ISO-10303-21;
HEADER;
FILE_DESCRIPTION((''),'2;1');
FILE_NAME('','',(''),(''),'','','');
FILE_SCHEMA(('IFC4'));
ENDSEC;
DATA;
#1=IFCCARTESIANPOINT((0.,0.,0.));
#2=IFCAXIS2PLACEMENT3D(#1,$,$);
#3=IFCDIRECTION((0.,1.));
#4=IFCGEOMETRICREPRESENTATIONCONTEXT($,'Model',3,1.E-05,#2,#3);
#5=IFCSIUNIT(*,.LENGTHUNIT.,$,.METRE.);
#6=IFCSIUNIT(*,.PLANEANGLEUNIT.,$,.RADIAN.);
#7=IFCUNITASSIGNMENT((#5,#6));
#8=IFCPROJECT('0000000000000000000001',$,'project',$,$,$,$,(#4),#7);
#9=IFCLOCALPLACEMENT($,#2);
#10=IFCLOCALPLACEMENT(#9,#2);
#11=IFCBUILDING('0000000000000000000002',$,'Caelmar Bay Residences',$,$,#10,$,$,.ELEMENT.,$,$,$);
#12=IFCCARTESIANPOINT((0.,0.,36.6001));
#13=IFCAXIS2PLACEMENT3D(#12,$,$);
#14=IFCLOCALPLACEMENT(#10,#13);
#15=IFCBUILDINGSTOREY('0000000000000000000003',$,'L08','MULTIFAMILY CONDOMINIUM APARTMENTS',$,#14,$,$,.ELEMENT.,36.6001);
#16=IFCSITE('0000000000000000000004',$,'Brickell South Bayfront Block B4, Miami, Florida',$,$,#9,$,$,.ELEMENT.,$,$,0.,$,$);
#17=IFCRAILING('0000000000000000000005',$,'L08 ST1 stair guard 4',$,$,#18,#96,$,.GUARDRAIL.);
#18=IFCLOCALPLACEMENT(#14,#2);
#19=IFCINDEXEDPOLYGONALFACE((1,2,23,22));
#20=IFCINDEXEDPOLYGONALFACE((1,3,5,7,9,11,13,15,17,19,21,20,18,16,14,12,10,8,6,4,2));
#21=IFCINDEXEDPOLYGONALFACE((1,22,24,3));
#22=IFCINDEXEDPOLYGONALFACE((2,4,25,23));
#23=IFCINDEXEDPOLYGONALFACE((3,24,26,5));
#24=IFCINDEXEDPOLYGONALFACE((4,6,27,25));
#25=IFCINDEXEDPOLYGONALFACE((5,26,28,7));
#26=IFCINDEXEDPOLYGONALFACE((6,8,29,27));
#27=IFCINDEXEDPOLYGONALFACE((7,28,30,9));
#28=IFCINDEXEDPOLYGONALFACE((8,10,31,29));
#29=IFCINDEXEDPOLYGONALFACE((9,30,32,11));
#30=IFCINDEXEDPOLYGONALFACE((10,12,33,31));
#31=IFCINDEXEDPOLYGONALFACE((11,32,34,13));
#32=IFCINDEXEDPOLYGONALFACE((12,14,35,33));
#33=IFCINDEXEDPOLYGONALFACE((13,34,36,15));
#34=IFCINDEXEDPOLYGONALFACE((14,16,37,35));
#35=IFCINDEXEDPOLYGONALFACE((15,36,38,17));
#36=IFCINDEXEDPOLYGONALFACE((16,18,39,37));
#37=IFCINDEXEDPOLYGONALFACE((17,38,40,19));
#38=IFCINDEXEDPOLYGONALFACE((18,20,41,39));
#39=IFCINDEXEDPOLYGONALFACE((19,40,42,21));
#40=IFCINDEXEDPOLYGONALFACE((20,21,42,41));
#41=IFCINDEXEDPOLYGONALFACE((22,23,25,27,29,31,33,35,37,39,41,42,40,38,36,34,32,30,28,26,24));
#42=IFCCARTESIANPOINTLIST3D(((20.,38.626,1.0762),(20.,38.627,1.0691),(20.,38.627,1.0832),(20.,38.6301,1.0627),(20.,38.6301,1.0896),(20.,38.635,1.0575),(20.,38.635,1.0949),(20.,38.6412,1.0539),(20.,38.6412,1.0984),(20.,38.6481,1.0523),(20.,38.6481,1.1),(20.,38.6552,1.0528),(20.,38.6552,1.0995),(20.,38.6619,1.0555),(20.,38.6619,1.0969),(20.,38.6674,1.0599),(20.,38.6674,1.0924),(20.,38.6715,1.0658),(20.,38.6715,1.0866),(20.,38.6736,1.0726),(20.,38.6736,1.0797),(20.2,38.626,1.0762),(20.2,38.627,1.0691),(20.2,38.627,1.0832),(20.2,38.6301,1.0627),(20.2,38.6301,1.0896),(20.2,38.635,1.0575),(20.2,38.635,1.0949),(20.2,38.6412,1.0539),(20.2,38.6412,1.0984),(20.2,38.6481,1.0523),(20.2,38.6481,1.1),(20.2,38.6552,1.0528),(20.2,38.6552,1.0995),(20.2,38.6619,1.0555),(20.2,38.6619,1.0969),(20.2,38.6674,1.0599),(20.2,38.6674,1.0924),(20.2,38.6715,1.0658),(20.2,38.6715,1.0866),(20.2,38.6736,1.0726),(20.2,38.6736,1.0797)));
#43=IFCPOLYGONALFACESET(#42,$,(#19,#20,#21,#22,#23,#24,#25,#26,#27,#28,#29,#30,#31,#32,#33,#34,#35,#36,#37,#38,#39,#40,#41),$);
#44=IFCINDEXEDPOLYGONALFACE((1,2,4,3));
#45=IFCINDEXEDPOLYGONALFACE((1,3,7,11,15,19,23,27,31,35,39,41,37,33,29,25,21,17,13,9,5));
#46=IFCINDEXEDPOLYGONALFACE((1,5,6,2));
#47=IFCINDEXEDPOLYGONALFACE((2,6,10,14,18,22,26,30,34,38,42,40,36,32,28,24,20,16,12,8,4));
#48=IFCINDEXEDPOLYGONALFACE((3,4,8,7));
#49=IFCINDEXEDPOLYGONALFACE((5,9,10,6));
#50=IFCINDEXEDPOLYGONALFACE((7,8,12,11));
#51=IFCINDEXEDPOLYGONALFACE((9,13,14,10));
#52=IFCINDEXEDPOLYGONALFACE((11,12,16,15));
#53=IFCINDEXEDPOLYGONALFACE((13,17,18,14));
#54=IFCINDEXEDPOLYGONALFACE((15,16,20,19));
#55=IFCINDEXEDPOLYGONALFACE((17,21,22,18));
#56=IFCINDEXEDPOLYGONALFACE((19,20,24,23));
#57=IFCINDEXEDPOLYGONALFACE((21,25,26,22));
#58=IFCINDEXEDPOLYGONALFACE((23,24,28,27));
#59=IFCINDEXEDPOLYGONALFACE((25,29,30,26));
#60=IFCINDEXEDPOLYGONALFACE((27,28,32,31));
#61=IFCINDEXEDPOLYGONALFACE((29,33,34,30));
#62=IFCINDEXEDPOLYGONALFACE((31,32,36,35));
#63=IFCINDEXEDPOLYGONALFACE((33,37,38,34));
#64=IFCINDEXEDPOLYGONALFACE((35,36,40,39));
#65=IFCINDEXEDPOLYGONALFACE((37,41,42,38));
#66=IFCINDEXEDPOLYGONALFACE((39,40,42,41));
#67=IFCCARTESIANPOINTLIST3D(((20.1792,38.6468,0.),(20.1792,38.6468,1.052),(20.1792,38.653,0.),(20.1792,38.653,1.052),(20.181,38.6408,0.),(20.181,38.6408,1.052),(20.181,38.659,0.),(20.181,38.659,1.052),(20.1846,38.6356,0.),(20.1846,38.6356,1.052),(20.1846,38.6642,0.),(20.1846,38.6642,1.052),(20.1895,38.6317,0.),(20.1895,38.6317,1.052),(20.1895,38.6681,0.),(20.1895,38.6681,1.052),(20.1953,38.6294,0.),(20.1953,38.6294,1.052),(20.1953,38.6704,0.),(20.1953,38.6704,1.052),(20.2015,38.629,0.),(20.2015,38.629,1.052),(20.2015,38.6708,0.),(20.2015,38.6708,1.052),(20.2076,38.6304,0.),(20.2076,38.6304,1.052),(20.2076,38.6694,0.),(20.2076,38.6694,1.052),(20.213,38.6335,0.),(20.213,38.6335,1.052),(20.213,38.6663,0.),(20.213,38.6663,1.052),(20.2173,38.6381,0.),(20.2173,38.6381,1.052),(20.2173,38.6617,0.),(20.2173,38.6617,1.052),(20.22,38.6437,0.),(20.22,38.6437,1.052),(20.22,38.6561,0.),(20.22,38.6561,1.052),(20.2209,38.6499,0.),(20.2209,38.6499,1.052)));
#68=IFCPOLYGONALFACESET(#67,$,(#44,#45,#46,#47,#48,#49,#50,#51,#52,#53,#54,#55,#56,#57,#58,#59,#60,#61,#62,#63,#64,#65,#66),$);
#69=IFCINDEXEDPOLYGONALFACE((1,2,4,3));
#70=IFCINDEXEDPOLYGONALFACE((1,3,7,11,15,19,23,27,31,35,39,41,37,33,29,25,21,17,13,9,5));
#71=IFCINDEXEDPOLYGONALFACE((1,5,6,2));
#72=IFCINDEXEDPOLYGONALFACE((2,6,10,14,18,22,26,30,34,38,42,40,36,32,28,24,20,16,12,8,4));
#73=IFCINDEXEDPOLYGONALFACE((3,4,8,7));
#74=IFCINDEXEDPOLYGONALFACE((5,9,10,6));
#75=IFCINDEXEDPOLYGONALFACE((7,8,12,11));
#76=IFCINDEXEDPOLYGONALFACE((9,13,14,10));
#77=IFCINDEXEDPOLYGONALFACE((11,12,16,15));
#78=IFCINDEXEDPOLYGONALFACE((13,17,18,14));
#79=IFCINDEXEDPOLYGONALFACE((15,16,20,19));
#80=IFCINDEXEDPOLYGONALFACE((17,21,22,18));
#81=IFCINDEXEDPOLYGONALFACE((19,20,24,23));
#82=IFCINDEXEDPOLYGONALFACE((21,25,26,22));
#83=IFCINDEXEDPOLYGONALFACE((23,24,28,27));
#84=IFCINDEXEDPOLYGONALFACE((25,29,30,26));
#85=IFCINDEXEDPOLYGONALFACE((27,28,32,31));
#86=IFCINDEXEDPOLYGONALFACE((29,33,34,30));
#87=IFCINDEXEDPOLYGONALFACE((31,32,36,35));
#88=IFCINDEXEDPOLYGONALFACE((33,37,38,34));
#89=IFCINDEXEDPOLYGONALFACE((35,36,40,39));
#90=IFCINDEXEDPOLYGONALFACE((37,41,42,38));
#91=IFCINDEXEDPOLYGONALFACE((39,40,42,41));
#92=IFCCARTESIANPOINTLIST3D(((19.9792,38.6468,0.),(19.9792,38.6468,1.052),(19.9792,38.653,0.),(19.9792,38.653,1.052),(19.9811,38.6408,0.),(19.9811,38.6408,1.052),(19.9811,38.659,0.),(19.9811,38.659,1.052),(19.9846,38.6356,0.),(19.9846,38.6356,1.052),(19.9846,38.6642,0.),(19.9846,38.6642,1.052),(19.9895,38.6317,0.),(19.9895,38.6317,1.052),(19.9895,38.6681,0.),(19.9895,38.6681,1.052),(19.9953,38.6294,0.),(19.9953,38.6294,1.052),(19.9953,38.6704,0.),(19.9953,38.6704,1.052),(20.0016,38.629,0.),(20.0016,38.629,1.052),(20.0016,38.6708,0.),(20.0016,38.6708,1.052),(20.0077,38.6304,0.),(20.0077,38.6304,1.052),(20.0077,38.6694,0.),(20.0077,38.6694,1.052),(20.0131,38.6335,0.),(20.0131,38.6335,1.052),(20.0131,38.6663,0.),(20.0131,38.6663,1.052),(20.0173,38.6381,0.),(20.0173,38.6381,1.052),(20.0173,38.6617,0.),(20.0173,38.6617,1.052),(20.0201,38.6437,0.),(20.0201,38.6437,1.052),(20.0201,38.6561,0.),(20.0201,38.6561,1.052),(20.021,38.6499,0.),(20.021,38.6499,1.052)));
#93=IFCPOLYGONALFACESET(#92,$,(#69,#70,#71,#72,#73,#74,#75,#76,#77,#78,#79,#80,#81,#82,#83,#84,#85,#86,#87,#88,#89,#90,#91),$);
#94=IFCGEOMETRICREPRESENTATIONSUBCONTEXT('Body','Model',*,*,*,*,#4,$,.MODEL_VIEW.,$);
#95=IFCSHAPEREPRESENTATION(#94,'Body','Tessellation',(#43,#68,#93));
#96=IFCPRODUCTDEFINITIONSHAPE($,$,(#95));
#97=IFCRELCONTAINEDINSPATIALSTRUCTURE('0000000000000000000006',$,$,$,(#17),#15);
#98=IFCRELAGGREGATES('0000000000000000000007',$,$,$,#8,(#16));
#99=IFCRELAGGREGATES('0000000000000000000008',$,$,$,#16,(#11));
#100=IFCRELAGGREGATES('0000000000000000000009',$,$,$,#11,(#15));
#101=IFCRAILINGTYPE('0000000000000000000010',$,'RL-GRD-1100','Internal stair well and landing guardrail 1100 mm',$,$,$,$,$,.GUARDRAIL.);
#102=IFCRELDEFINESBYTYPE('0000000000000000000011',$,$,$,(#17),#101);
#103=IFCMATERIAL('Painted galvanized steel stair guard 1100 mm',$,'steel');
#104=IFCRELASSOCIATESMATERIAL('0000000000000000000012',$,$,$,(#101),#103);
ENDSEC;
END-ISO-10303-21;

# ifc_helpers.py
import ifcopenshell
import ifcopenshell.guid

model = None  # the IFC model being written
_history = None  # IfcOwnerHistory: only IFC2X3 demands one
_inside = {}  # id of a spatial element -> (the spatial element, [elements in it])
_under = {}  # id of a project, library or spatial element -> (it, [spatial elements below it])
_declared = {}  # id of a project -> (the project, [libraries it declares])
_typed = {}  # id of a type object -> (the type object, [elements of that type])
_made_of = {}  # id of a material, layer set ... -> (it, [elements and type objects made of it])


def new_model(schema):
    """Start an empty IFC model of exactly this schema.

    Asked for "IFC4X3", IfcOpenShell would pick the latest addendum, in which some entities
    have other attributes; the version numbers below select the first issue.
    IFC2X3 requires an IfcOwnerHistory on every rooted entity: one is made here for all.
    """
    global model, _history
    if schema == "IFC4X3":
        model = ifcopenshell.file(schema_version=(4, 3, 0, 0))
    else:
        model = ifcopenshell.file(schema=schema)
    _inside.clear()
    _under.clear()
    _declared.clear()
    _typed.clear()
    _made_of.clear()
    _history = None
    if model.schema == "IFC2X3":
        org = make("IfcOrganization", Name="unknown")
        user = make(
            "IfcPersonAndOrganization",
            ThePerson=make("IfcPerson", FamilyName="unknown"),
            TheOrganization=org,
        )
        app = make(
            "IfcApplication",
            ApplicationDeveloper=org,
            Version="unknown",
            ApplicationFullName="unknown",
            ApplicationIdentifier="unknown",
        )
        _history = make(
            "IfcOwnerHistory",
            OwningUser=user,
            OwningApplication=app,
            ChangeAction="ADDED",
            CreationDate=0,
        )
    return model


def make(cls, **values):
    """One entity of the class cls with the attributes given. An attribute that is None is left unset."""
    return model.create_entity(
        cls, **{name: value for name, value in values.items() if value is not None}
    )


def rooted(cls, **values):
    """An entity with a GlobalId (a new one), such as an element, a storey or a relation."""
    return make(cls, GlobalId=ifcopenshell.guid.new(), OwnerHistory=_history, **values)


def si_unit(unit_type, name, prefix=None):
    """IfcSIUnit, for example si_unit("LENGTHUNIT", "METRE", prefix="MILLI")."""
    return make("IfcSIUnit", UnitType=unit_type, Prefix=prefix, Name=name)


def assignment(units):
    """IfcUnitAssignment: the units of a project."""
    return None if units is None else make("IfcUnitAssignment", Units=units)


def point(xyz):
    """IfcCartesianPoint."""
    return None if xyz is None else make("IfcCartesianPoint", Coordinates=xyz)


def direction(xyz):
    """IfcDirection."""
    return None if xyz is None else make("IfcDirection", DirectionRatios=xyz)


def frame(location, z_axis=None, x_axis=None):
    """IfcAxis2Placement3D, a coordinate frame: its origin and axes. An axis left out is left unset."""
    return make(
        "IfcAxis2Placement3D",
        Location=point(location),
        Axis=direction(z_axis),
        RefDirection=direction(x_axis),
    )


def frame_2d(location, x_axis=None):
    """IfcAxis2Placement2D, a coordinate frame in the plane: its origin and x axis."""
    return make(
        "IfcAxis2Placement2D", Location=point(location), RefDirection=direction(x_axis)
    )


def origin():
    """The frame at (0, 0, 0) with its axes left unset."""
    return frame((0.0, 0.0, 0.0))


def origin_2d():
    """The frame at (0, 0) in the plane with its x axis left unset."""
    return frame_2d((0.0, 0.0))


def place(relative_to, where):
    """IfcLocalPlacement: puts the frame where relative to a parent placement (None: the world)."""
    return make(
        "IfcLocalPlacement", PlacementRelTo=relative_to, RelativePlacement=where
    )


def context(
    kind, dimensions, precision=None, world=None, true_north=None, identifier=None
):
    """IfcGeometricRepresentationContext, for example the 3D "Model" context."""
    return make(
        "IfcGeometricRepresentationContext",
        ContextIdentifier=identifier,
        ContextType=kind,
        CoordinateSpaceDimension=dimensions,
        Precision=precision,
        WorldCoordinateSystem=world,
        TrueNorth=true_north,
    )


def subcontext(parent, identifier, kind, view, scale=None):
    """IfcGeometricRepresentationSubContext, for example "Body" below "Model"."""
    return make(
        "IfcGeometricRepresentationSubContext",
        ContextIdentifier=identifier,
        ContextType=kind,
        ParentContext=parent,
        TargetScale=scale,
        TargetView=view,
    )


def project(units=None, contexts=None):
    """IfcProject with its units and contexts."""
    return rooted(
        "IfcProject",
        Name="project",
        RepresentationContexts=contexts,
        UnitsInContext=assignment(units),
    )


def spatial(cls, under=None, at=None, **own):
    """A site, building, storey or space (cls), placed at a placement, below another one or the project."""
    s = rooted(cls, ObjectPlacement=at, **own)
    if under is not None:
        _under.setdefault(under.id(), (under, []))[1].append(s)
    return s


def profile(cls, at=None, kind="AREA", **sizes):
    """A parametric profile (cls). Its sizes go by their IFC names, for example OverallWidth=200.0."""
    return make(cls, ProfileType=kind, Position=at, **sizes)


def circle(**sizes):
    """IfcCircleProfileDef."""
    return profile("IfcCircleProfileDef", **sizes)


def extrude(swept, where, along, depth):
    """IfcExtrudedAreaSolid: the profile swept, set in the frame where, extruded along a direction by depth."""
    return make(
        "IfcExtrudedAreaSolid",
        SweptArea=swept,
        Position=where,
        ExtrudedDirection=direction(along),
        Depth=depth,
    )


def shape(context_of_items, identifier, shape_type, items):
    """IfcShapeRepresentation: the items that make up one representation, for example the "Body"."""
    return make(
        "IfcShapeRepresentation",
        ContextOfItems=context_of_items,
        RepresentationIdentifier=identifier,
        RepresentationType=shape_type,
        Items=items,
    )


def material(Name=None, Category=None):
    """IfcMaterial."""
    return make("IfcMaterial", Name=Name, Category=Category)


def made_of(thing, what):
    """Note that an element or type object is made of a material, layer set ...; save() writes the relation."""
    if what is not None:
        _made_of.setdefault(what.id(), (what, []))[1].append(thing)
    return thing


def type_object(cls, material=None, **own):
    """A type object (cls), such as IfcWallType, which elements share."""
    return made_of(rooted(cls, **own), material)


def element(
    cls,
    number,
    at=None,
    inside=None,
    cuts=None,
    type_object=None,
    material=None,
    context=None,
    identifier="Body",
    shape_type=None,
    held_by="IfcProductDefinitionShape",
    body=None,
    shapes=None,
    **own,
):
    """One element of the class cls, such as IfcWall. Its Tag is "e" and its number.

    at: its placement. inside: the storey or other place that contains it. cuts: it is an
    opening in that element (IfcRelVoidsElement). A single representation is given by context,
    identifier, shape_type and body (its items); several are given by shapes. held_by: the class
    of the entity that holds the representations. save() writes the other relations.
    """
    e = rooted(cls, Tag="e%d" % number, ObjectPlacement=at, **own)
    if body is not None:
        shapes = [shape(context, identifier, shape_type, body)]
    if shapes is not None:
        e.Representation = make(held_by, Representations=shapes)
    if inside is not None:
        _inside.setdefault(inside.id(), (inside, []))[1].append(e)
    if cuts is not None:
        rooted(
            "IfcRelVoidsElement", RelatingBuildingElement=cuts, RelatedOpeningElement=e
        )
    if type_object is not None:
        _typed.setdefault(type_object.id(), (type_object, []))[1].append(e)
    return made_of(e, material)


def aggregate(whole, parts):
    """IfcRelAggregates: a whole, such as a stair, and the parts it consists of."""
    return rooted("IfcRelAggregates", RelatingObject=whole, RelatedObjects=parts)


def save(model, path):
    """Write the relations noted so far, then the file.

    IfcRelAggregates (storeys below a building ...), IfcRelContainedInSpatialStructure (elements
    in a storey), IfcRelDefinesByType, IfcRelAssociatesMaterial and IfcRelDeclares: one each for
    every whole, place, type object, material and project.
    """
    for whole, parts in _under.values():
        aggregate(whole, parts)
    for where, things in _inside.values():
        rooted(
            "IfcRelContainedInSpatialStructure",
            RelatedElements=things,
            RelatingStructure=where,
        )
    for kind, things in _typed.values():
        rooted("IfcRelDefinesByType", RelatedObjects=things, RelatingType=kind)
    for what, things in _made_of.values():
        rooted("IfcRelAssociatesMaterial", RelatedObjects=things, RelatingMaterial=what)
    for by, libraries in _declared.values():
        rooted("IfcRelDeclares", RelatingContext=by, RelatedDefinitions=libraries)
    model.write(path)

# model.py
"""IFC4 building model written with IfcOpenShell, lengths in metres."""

from ifc_helpers import new_model, si_unit, direction, frame, origin, origin_2d, place, context, subcontext, project, spatial, circle, extrude, material, type_object, element, save


model = new_model("IFC4")

# Units and contexts
model_context = context("Model", 3, precision=1e-05, world=origin(), true_north=direction((0.0, 1.0)))
body_context = subcontext(model_context, "Body", "Model", "MODEL_VIEW")
ifc_project = project(units=[si_unit("LENGTHUNIT", "METRE"), si_unit("PLANEANGLEUNIT", "RADIAN")], contexts=[model_context])

# Site, building, storey
site_placement = place(None, origin())
site = spatial("IfcSite", under=ifc_project, at=site_placement, Name="Brickell South Bayfront Block B4, Miami, Florida", CompositionType="ELEMENT", RefElevation=0.0)
building_placement = place(site_placement, origin())
building = spatial("IfcBuilding", under=site, at=building_placement, Name="Caelmar Bay Residences", CompositionType="ELEMENT")
storey_placement = place(building_placement, frame((0.0, 0.0, 36.6001)))
storey = spatial("IfcBuildingStorey", under=building, at=storey_placement, Name="L08", Description="MULTIFAMILY CONDOMINIUM APARTMENTS", CompositionType="ELEMENT", Elevation=36.6001)

# Railing
ifc_material_1 = material(Name="Painted galvanized steel stair guard 1100 mm", Category="steel")
railing_type_1 = type_object("IfcRailingType", Name="RL-GRD-1100", Description="Internal stair well and landing guardrail 1100 mm", PredefinedType="GUARDRAIL", material=ifc_material_1)
railing_1_placement = place(storey_placement, frame((20.2, 38.6499, 0.0)))
element("IfcRailing", 1, at=railing_1_placement, inside=storey, type_object=railing_type_1, Name="L08 ST1 stair guard 4", PredefinedType="GUARDRAIL", context=body_context, shape_type="SweptSolid", body=[
    extrude(circle(Radius=0.0239, at=origin_2d()), frame((0.0, 0.0, 1.0762), z_axis=(-1.0, 0.0, 0.0), x_axis=(0.0, -1.0, 0.0)), (0.0, 0.0, 1.0), 0.2),
    extrude(circle(Radius=0.021, at=origin_2d()), origin(), (0.0, 0.0, 1.0), 1.052),
    extrude(circle(Radius=0.021, at=origin_2d()), frame((-0.2, 0.0, 0.0)), (0.0, 0.0, 1.0), 1.052),
])

save(model, "model.ifc")
